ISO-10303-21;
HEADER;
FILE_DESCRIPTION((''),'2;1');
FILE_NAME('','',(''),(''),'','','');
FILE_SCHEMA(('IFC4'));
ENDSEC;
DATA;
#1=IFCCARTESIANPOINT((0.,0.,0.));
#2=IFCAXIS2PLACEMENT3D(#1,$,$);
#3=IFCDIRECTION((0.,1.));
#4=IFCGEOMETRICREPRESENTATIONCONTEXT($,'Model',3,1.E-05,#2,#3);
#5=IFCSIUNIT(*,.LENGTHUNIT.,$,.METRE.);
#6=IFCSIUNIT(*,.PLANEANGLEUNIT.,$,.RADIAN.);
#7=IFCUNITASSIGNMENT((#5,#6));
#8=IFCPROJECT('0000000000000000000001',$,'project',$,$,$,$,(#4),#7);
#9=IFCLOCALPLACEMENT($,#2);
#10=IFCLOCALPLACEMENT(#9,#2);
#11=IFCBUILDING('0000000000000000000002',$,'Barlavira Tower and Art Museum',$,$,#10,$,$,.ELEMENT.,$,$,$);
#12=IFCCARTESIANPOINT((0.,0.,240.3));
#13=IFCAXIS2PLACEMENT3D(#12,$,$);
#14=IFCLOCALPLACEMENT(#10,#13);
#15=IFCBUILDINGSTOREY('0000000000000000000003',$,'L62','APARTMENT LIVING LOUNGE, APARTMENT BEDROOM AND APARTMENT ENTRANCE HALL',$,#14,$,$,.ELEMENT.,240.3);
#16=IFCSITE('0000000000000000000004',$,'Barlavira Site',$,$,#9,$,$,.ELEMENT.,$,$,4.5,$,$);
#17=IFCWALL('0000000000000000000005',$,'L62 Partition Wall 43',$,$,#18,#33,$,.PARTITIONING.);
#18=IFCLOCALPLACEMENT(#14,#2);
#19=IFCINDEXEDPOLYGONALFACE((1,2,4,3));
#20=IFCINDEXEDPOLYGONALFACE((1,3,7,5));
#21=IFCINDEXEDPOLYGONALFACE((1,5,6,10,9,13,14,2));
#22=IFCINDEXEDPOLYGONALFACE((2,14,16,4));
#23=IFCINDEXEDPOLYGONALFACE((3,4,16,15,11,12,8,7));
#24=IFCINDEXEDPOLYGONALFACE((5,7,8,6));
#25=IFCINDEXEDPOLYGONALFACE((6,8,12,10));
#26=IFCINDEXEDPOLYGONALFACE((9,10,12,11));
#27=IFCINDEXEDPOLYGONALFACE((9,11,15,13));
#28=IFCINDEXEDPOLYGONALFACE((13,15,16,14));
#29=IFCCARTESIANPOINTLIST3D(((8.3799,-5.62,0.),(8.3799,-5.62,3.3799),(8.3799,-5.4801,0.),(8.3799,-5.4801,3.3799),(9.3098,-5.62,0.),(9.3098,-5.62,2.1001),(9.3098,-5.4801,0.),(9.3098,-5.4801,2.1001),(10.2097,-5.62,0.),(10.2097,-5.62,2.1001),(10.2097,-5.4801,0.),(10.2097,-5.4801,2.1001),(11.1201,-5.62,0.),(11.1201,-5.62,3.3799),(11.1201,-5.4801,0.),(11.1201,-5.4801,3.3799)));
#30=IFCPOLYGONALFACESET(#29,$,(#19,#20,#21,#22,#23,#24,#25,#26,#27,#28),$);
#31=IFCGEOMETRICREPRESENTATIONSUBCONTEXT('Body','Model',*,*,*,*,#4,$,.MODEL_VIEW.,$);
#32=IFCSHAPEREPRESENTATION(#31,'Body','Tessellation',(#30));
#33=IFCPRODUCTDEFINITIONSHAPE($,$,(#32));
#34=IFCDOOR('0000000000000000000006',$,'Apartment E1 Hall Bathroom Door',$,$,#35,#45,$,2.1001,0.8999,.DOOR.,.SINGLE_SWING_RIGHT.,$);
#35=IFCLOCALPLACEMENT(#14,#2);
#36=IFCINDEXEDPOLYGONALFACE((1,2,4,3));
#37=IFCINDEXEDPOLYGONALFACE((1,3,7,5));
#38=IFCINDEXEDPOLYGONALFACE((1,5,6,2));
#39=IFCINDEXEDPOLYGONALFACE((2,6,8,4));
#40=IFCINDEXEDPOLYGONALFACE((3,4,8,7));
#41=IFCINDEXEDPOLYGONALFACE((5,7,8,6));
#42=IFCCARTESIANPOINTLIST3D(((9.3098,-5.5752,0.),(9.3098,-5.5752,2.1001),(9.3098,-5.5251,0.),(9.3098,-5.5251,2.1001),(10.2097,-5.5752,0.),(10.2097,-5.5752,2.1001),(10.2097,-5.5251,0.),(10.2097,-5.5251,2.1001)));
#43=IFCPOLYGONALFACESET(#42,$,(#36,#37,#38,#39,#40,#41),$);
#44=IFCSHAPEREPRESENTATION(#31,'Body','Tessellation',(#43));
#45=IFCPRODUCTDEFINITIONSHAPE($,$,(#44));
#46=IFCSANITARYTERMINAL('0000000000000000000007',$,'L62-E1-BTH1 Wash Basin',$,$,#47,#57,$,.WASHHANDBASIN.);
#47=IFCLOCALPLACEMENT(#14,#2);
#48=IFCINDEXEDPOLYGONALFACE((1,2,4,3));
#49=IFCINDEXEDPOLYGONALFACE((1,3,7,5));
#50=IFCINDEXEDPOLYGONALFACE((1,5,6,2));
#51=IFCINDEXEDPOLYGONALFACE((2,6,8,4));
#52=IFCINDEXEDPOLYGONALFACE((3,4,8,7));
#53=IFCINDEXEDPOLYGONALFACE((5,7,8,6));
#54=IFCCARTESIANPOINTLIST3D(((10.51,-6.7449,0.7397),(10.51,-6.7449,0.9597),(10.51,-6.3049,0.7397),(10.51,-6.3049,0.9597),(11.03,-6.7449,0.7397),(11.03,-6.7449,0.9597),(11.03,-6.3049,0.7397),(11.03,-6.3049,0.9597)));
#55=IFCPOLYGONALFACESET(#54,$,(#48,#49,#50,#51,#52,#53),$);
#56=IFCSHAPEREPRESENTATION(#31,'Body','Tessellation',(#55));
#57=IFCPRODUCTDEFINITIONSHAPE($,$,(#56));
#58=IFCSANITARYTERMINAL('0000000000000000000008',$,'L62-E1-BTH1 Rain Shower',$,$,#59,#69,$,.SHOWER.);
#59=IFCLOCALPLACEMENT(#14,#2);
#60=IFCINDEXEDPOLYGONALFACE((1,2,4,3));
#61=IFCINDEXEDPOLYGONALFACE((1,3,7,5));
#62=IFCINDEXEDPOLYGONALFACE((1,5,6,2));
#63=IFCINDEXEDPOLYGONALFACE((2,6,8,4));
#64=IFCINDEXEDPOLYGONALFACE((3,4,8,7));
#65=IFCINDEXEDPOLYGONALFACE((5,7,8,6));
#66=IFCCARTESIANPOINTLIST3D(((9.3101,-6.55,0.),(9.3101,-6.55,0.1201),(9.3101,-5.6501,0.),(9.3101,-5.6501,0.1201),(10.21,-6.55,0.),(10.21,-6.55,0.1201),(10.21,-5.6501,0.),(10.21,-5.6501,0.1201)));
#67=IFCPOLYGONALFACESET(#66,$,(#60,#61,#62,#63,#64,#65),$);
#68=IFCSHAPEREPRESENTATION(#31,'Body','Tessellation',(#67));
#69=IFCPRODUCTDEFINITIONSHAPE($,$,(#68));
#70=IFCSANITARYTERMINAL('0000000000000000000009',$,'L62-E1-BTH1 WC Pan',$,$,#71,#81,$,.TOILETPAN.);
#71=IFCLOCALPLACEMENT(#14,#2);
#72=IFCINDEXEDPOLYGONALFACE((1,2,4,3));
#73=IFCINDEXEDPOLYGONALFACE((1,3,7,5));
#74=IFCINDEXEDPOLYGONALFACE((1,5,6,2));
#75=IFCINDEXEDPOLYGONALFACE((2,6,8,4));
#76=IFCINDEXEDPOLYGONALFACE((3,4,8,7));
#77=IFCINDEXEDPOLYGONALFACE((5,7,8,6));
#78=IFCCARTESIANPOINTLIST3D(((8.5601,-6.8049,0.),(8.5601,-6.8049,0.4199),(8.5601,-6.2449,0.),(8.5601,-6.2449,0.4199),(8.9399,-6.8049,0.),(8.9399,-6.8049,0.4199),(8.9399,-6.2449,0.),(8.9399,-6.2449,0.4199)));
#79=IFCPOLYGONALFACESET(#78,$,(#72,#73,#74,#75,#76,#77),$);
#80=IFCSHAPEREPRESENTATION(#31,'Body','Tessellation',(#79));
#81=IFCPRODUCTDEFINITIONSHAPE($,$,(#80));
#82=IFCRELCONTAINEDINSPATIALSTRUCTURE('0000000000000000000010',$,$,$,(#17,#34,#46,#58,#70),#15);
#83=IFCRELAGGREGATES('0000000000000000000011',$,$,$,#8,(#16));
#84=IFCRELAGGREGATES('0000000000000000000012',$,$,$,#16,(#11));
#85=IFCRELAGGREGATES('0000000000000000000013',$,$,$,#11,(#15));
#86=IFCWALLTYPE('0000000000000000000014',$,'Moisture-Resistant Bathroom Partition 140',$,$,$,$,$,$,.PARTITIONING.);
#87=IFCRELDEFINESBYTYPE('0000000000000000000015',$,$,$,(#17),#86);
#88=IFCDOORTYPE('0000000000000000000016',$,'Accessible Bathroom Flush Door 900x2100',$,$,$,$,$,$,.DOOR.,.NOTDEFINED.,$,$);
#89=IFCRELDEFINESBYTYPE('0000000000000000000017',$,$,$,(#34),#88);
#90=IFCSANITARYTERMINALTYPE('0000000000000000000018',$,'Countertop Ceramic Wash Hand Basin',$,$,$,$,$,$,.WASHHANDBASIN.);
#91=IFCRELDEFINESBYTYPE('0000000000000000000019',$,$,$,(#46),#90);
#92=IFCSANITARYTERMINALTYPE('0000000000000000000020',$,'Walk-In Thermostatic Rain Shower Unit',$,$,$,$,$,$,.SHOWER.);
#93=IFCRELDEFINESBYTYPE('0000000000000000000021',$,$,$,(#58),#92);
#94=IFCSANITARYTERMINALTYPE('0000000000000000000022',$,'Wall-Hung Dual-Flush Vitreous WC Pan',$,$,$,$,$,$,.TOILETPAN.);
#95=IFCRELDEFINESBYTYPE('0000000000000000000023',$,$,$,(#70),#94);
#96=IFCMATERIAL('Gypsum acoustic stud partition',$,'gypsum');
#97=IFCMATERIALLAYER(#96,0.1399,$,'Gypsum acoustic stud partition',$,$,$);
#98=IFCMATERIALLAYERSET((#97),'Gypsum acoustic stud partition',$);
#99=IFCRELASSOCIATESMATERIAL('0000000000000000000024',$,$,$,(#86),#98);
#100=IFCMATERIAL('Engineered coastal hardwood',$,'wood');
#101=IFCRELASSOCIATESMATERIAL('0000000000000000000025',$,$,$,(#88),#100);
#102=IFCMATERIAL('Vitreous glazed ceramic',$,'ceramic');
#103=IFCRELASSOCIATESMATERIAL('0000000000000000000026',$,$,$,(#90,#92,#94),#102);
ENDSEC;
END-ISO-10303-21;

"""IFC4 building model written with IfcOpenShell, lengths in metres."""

from ifc_helpers import new_model, si_unit, direction, frame, frame_2d, origin, origin_2d, place, context, subcontext, project, spatial, rectangle, extrude, material, layer, layer_set, type_object, element, fill, save


model = new_model("IFC4")

# Units and contexts
model_context = context("Model", 3, precision=1e-05, world=origin(), true_north=direction((0.0, 1.0)))
body_context = subcontext(model_context, "Body", "Model", "MODEL_VIEW")
ifc_project = project(units=[si_unit("LENGTHUNIT", "METRE"), si_unit("PLANEANGLEUNIT", "RADIAN")], contexts=[model_context])

# Site, building, storey
site_placement = place(None, origin())
site = spatial("IfcSite", under=ifc_project, at=site_placement, Name="Barlavira Site", CompositionType="ELEMENT", RefElevation=4.5)
building_placement = place(site_placement, origin())
building = spatial("IfcBuilding", under=site, at=building_placement, Name="Barlavira Tower and Art Museum", CompositionType="ELEMENT")
storey_placement = place(building_placement, frame((0.0, 0.0, 240.3)))
storey = spatial("IfcBuildingStorey", under=building, at=storey_placement, Name="L62", Description="APARTMENT LIVING LOUNGE, APARTMENT BEDROOM AND APARTMENT ENTRANCE HALL", CompositionType="ELEMENT", Elevation=240.3)

# Shared definitions
ifc_material_1 = material(Name="Gypsum acoustic stud partition", Category="gypsum")
ifc_material_2 = material(Name="Engineered coastal hardwood", Category="wood")

# Wall, opening, door
ifc_layer_1 = layer(ifc_material_1, 0.1399, Name="Gypsum acoustic stud partition")
ifc_layer_set_1 = layer_set([ifc_layer_1], Name="Gypsum acoustic stud partition")
wall_type_1 = type_object("IfcWallType", Name="Moisture-Resistant Bathroom Partition 140", PredefinedType="PARTITIONING", material=ifc_layer_set_1)
wall_1_placement = place(storey_placement, frame((8.3799, -5.55, 0.0), z_axis=(0.0, 0.0, 1.0), x_axis=(1.0, 0.0, 0.0)))
wall_1 = element("IfcWall", 1, at=wall_1_placement, inside=storey, type_object=wall_type_1, Name="L62 Partition Wall 43", PredefinedType="PARTITIONING", context=body_context, shape_type="SweptSolid", body=[
    extrude(rectangle(XDim=2.7402, YDim=0.1399, at=frame_2d((1.3701, 0.0))), origin(), (0.0, 0.0, 1.0), 3.3799),
])
opening_1_placement = place(wall_1_placement, frame((0.9299, 0.0, 0.0)))
opening_1 = element("IfcOpeningElement", 2, at=opening_1_placement, cuts=wall_1, PredefinedType="OPENING", context=body_context, shape_type="SweptSolid", body=[
    extrude(rectangle(XDim=0.8999, YDim=2.1001, at=frame_2d((0.45, 1.05))), frame((0.0, 0.0801, 0.0), z_axis=(0.0, -1.0, 0.0), x_axis=(1.0, 0.0, 0.0)), (0.0, 0.0, 1.0), 0.1599),
])
door_type_1 = type_object("IfcDoorType", Name="Accessible Bathroom Flush Door 900x2100", OperationType="NOTDEFINED", PredefinedType="DOOR", material=ifc_material_2)
door_1_placement = place(opening_1_placement, origin())
door_1 = element("IfcDoor", 3, at=door_1_placement, inside=storey, type_object=door_type_1, Name="Apartment E1 Hall Bathroom Door", OperationType="SINGLE_SWING_RIGHT", OverallHeight=2.1001, OverallWidth=0.8999, PredefinedType="DOOR", context=body_context, shape_type="SweptSolid", body=[
    extrude(rectangle(XDim=0.8999, YDim=2.1001, at=frame_2d((0.45, 1.05))), frame((0.0, 0.0249, 0.0), z_axis=(0.0, -1.0, 0.0), x_axis=(1.0, 0.0, 0.0)), (0.0, 0.0, 1.0), 0.05),
])
fill(opening_1, door_1)

# Sanitary terminals
ifc_material_3 = material(Name="Vitreous glazed ceramic", Category="ceramic")
sanitary_terminal_type_1 = type_object("IfcSanitaryTerminalType", Name="Countertop Ceramic Wash Hand Basin", PredefinedType="WASHHANDBASIN", material=ifc_material_3)
sanitary_terminal_1_placement = place(storey_placement, frame((10.77, -6.5249, 0.7397), z_axis=(0.0, 0.0, 1.0), x_axis=(1.0, 0.0, 0.0)))
element("IfcSanitaryTerminal", 4, at=sanitary_terminal_1_placement, inside=storey, type_object=sanitary_terminal_type_1, Name="L62-E1-BTH1 Wash Basin", PredefinedType="WASHHANDBASIN", context=body_context, shape_type="SweptSolid", body=[
    extrude(rectangle(XDim=0.52, YDim=0.4399, at=origin_2d()), origin(), (0.0, 0.0, 1.0), 0.22),
])
sanitary_terminal_type_2 = type_object("IfcSanitaryTerminalType", Name="Walk-In Thermostatic Rain Shower Unit", PredefinedType="SHOWER", material=ifc_material_3)
sanitary_terminal_2_placement = place(storey_placement, frame((9.76, -6.1001, 0.0), z_axis=(0.0, 0.0, 1.0), x_axis=(1.0, 0.0, 0.0)))
element("IfcSanitaryTerminal", 5, at=sanitary_terminal_2_placement, inside=storey, type_object=sanitary_terminal_type_2, Name="L62-E1-BTH1 Rain Shower", PredefinedType="SHOWER", context=body_context, shape_type="SweptSolid", body=[
    extrude(rectangle(XDim=0.8999, YDim=0.8999, at=origin_2d()), origin(), (0.0, 0.0, 1.0), 0.1201),
])
sanitary_terminal_type_3 = type_object("IfcSanitaryTerminalType", Name="Wall-Hung Dual-Flush Vitreous WC Pan", PredefinedType="TOILETPAN", material=ifc_material_3)
sanitary_terminal_3_placement = place(storey_placement, frame((8.75, -6.5249, 0.0), z_axis=(0.0, 0.0, 1.0), x_axis=(1.0, 0.0, 0.0)))
element("IfcSanitaryTerminal", 6, at=sanitary_terminal_3_placement, inside=storey, type_object=sanitary_terminal_type_3, Name="L62-E1-BTH1 WC Pan", PredefinedType="TOILETPAN", context=body_context, shape_type="SweptSolid", body=[
    extrude(rectangle(XDim=0.3799, YDim=0.5601, at=origin_2d()), origin(), (0.0, 0.0, 1.0), 0.4199),
])

save(model, "model.ifc")
